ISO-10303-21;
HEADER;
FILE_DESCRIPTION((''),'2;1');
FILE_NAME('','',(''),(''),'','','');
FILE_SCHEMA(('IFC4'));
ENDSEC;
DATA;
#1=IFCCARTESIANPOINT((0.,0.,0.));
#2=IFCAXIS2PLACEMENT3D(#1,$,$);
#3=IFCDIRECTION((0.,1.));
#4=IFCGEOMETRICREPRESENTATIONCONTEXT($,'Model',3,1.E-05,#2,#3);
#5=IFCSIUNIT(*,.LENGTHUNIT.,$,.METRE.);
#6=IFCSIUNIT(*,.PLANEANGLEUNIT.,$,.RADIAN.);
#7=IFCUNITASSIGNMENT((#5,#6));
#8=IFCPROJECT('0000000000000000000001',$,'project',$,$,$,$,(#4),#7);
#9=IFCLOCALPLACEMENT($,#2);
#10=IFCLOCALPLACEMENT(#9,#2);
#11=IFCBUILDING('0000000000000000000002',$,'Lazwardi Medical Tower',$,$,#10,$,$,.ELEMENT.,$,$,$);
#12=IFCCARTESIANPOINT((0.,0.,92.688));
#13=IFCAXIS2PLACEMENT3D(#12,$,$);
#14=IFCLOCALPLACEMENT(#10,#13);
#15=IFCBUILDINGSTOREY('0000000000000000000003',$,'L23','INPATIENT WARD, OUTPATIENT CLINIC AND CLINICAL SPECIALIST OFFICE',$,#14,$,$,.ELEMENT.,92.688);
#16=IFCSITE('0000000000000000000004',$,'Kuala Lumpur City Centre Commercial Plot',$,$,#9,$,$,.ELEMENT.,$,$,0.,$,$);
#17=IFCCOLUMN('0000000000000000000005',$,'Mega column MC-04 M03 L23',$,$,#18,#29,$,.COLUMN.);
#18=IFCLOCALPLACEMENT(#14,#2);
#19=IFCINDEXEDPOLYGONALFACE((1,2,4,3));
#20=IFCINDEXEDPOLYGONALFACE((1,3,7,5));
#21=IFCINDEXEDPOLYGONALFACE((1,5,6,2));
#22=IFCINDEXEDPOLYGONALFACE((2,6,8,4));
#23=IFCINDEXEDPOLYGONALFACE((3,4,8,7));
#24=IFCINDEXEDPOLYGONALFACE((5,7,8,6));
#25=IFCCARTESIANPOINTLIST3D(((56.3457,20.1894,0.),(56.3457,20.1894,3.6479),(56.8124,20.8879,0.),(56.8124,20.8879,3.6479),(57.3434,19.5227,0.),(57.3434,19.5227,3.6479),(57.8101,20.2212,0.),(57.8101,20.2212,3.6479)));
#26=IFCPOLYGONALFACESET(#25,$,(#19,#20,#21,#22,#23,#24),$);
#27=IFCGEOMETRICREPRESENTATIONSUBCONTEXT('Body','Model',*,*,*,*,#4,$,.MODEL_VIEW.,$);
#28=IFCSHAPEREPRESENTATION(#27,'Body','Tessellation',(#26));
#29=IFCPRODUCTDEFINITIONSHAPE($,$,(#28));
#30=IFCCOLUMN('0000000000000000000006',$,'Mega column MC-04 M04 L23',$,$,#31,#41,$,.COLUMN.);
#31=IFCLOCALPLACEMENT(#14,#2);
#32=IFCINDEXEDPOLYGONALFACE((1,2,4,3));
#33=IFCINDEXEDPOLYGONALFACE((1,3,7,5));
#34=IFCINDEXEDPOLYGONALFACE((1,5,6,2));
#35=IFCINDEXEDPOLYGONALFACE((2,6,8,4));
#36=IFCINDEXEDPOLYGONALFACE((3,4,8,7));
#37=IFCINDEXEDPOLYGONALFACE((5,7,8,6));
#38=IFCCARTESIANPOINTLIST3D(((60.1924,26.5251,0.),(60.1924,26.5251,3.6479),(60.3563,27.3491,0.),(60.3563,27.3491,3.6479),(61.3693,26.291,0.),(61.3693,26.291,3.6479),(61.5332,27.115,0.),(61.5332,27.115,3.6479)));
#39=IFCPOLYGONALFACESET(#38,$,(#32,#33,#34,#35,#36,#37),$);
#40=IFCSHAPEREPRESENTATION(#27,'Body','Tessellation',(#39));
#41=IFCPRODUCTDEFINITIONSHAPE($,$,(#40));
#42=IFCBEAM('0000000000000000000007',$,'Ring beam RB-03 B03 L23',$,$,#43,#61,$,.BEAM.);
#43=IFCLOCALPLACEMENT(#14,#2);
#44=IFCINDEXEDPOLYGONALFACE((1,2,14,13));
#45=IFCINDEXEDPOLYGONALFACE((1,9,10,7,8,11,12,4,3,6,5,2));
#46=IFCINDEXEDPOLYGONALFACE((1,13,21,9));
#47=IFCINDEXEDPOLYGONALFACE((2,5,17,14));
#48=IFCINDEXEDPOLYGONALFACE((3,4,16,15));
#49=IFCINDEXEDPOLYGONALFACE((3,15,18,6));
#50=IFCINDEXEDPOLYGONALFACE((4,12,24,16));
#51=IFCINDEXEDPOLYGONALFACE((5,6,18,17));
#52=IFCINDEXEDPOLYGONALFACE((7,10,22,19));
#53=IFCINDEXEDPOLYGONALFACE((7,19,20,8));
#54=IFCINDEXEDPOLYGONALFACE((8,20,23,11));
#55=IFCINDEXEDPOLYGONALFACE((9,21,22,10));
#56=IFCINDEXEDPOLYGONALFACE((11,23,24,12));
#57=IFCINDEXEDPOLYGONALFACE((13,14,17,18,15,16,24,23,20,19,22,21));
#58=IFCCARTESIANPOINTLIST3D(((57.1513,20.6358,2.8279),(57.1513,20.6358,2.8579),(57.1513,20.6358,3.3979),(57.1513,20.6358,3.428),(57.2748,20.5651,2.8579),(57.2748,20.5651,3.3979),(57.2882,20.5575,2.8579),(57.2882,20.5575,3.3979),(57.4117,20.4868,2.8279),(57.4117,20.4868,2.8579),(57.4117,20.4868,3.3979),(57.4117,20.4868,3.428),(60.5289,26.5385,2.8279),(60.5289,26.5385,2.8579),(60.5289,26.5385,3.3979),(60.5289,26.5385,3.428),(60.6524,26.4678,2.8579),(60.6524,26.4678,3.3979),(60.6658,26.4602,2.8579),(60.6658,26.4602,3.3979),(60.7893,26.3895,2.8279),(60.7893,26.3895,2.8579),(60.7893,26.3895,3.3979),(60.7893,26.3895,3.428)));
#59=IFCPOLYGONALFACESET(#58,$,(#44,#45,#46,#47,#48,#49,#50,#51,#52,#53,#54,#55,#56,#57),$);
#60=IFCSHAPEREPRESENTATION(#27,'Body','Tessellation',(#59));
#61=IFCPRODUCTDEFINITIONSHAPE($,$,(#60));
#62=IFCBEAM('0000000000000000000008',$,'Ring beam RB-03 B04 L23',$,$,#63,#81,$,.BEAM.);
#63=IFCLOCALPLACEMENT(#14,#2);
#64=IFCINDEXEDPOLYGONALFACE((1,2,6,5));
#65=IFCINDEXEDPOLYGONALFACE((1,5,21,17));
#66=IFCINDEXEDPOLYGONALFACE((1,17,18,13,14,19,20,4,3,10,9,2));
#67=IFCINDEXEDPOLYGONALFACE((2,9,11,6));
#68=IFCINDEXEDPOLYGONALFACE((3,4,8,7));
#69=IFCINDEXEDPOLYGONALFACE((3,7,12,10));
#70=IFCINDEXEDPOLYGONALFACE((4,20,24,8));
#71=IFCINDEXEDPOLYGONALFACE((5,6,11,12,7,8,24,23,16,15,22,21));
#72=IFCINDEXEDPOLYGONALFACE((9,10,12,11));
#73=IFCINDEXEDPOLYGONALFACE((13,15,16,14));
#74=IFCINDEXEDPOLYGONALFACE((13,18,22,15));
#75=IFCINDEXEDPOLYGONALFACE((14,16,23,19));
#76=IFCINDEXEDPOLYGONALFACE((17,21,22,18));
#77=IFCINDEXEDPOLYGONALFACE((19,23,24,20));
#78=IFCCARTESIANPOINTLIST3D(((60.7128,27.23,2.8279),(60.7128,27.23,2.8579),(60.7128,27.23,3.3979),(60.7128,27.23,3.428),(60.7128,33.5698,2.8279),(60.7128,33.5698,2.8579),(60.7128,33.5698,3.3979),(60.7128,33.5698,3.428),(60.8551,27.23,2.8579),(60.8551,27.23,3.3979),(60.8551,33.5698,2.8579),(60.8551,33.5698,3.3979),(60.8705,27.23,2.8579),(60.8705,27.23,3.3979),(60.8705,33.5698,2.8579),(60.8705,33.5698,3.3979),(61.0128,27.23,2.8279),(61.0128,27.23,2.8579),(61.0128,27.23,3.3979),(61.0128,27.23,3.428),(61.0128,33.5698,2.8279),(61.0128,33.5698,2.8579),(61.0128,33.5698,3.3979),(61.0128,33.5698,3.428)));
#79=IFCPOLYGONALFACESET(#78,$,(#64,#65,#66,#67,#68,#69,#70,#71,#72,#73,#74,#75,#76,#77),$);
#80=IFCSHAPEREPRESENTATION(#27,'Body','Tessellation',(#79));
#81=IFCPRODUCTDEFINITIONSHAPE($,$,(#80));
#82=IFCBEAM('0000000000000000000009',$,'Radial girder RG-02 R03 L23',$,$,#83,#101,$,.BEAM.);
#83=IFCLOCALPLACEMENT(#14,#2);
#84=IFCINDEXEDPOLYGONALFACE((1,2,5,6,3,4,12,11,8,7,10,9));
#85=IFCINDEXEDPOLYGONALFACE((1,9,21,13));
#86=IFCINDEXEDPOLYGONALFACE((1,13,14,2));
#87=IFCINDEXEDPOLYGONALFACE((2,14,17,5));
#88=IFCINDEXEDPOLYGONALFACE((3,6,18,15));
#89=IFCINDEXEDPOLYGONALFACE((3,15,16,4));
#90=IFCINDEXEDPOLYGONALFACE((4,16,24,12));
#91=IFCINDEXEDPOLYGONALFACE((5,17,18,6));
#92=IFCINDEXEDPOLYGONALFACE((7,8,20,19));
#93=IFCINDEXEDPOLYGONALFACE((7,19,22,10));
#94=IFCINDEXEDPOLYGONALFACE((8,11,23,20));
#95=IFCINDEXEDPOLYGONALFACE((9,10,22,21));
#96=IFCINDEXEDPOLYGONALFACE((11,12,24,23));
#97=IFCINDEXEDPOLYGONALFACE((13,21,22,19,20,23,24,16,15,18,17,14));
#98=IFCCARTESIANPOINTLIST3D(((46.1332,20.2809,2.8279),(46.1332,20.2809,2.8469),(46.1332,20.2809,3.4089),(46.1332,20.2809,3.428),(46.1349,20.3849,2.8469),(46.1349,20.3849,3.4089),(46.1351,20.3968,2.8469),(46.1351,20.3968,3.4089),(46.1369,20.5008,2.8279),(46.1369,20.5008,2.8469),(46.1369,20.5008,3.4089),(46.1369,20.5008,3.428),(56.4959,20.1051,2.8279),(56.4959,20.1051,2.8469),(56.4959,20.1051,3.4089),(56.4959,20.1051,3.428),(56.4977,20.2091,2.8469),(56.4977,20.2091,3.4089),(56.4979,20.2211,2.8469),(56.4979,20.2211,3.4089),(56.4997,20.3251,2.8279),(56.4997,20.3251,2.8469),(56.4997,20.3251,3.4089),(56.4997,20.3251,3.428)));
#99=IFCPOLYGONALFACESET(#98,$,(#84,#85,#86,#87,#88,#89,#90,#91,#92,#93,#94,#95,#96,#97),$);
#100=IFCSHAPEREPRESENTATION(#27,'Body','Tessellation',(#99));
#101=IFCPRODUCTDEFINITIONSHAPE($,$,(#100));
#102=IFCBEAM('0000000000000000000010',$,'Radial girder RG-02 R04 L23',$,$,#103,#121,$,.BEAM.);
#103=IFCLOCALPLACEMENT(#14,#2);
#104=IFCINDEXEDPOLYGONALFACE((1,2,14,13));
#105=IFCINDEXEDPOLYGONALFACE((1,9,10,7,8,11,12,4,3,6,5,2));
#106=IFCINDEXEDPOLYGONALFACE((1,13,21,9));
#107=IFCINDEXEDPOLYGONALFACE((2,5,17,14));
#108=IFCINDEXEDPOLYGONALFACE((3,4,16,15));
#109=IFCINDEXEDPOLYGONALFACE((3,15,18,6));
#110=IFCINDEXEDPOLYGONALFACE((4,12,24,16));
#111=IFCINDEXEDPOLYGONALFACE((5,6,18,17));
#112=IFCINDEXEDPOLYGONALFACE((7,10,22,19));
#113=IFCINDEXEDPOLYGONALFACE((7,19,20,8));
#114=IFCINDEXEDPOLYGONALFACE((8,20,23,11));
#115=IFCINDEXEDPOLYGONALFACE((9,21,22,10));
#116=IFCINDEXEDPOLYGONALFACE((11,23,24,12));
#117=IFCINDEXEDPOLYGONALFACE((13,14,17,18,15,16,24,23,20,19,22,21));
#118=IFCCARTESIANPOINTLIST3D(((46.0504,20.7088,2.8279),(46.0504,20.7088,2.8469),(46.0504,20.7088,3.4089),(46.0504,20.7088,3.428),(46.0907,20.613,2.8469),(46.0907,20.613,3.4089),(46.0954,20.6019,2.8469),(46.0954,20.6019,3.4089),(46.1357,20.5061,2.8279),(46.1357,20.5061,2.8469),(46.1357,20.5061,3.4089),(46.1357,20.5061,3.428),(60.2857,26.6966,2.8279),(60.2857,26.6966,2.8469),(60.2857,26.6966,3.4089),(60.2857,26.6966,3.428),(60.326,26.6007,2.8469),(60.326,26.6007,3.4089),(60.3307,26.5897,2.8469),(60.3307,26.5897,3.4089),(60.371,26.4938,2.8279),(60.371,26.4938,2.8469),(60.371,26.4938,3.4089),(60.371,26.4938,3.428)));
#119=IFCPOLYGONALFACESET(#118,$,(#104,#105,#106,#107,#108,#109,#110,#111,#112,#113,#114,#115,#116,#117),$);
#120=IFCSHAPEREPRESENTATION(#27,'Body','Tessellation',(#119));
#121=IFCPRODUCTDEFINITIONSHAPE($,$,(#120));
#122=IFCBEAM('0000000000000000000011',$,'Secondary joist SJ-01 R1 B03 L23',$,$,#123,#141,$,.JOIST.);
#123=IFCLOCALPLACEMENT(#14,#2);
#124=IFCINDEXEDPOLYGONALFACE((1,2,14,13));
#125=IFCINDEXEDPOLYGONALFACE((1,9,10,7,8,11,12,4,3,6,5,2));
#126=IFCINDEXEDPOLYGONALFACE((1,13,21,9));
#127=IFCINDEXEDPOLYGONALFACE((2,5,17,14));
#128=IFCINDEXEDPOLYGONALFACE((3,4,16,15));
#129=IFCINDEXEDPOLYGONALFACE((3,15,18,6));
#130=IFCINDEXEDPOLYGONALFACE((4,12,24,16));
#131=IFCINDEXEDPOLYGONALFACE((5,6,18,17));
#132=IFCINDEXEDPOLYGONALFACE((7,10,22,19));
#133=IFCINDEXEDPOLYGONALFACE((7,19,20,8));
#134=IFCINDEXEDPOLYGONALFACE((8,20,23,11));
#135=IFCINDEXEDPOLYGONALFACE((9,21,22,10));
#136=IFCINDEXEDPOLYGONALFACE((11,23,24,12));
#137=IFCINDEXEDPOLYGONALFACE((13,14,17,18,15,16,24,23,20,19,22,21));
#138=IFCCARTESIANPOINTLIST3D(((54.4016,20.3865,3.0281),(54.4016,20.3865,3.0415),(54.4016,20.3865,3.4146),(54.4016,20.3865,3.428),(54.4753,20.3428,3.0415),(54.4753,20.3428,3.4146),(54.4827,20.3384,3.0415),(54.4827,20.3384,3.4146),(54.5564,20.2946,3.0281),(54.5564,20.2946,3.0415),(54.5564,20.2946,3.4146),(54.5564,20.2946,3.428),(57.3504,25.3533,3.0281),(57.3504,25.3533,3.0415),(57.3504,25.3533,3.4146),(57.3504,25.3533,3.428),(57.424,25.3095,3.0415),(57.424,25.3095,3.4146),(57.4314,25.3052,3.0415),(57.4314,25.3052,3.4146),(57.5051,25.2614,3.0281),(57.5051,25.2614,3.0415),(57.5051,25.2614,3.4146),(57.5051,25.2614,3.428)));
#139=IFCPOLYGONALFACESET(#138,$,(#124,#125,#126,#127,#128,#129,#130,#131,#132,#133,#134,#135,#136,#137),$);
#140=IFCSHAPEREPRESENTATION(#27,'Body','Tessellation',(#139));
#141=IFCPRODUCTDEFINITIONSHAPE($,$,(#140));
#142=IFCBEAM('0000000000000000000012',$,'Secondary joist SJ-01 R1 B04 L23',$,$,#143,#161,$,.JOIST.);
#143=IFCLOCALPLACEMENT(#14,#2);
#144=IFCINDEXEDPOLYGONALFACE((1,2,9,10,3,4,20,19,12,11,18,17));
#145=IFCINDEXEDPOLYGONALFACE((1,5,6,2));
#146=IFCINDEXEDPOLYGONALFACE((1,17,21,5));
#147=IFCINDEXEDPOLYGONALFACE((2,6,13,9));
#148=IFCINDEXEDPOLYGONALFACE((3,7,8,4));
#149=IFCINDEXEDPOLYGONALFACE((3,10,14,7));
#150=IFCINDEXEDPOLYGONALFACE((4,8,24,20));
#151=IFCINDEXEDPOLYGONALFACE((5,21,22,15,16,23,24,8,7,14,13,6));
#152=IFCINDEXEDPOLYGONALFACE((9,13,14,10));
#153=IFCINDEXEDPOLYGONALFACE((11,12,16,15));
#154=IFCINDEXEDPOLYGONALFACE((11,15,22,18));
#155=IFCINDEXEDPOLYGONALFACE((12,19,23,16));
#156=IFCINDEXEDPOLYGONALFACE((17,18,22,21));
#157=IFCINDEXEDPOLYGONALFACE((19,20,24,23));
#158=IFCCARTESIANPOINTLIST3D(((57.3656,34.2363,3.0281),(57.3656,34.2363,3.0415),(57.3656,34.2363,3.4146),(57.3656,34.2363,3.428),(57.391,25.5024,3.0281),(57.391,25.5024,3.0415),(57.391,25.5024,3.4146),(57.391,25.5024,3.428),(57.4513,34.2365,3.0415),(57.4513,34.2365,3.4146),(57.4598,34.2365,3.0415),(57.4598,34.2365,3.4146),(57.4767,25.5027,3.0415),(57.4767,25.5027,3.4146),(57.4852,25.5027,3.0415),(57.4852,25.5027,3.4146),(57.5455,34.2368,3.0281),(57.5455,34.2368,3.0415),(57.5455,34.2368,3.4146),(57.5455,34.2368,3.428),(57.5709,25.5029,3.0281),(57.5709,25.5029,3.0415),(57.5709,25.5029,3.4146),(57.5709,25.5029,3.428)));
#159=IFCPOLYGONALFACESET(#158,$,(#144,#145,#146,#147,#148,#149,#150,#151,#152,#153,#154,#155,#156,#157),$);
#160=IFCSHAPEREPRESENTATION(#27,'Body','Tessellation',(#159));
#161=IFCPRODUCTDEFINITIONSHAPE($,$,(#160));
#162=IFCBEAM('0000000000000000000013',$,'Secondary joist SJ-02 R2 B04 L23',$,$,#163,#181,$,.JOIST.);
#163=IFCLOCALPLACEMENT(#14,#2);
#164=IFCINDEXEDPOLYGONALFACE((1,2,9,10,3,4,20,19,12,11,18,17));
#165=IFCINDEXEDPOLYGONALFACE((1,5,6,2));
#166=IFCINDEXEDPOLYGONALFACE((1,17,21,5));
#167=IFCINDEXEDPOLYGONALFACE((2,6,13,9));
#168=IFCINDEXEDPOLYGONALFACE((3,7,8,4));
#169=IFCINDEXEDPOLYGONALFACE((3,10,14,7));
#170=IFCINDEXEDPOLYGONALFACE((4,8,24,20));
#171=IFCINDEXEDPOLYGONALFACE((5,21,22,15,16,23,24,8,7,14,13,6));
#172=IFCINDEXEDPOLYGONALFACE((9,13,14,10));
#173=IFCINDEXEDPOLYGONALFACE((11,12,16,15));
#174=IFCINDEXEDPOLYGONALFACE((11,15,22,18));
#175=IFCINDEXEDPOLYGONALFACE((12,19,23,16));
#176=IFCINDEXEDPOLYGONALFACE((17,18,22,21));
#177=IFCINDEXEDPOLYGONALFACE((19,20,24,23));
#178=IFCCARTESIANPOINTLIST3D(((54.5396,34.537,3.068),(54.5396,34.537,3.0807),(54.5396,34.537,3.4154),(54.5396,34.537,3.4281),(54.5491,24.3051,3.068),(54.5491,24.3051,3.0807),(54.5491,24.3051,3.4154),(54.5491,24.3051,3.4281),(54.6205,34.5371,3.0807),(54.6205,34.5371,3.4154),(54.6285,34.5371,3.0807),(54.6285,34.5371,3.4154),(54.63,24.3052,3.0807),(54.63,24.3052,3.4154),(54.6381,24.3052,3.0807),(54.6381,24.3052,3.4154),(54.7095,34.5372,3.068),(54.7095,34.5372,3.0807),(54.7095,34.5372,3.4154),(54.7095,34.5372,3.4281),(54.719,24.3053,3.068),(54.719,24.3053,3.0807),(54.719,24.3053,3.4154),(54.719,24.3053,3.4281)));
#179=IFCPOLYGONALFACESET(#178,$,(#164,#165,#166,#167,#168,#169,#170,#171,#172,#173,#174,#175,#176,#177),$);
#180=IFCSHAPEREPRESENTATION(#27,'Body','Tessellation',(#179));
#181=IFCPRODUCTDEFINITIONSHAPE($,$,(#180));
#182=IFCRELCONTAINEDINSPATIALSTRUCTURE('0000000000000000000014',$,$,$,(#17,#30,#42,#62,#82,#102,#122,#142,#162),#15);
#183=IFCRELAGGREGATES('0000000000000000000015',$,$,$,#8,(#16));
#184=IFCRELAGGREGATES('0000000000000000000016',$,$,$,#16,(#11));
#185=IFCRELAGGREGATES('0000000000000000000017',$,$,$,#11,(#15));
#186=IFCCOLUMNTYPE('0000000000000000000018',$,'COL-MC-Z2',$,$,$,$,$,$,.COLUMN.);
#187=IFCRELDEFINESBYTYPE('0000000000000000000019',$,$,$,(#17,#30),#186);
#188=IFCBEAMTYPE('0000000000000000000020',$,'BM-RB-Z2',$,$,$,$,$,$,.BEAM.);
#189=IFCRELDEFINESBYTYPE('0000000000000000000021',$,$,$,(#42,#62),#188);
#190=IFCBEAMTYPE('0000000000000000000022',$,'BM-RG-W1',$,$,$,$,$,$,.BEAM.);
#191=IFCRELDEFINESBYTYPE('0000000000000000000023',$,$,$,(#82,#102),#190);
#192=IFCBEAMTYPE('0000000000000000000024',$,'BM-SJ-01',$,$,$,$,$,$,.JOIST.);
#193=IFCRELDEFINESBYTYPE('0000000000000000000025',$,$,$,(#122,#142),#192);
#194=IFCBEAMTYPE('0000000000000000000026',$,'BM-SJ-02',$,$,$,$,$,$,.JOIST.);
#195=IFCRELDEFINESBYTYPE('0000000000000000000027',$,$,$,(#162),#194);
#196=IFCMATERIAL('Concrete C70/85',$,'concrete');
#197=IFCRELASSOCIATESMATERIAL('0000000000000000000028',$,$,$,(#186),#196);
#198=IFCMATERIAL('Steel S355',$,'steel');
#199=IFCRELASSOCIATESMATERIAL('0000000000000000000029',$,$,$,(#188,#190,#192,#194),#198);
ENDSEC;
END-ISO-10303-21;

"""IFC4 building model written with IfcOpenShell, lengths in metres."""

from ifc_helpers import new_model, si_unit, direction, frame, origin, origin_2d, place, context, subcontext, project, spatial, rectangle, i_section, extrude, material, material_profile, profile_set, type_object, element, save


model = new_model("IFC4")

# Units and contexts
model_context = context("Model", 3, precision=1e-05, world=origin(), true_north=direction((0.0, 1.0)))
body_context = subcontext(model_context, "Body", "Model", "MODEL_VIEW")
ifc_project = project(units=[si_unit("LENGTHUNIT", "METRE"), si_unit("PLANEANGLEUNIT", "RADIAN")], contexts=[model_context])

# Site, building, storey
site_placement = place(None, origin())
site = spatial("IfcSite", under=ifc_project, at=site_placement, Name="Kuala Lumpur City Centre Commercial Plot", CompositionType="ELEMENT", RefElevation=0.0)
building_placement = place(site_placement, origin())
building = spatial("IfcBuilding", under=site, at=building_placement, Name="Lazwardi Medical Tower", CompositionType="ELEMENT")
storey_placement = place(building_placement, frame((0.0, 0.0, 92.688)))
storey = spatial("IfcBuildingStorey", under=building, at=storey_placement, Name="L23", Description="INPATIENT WARD, OUTPATIENT CLINIC AND CLINICAL SPECIALIST OFFICE", CompositionType="ELEMENT", Elevation=92.688)

# Columns
ifc_material_1 = material(Name="Concrete C70/85", Category="concrete")
ifc_material_profile_1 = material_profile(ifc_material_1, rectangle(XDim=1.2, YDim=0.8401, at=origin_2d()), Name="CFT-RECT 1200x840")
ifc_profile_set_1 = profile_set([ifc_material_profile_1], Name="Concrete C70/85")
column_type = type_object("IfcColumnType", Name="COL-MC-Z2", PredefinedType="COLUMN", material=ifc_profile_set_1)
for number, where, z_axis, x_axis, name in (
    (1, (57.0779, 20.2053, 0.0), (0.0, 0.0, 1.0), (0.83147, -0.55557, 0.0), "Mega column MC-04 M03 L23"),
    (2, (60.8628, 26.8201, 0.0), (0.0, 0.0, 1.0), (0.980785, -0.19509, 0.0), "Mega column MC-04 M04 L23"),
):
    element("IfcColumn", number, at=place(storey_placement, frame(where, z_axis=z_axis, x_axis=x_axis)), inside=storey, type_object=column_type, Name=name, PredefinedType="COLUMN", context=body_context, shape_type="SweptSolid", body=[
        extrude(rectangle(XDim=1.2, YDim=0.8401, at=origin_2d()), origin(), (0.0, 0.0, 1.0), 3.6479),
    ])

# Beams
ifc_material_2 = material(Name="Steel S355", Category="steel")
ifc_material_profile_2 = material_profile(ifc_material_2, i_section(OverallWidth=0.3, OverallDepth=0.6001, WebThickness=0.0154, FlangeThickness=0.03, at=origin_2d()), Name="HEB 600")
ifc_profile_set_2 = profile_set([ifc_material_profile_2], Name="Steel S355")
beam_type_1 = type_object("IfcBeamType", Name="BM-RB-Z2", PredefinedType="BEAM", material=ifc_profile_set_2)
beam_1_placement = place(storey_placement, frame((57.2815, 20.5613, 3.1279), z_axis=(0.496653, 0.867949, 0.0), x_axis=(-0.867949, 0.496653, 0.0)))
element("IfcBeam", 3, at=beam_1_placement, inside=storey, type_object=beam_type_1, Name="Ring beam RB-03 B03 L23", PredefinedType="BEAM", context=body_context, shape_type="SweptSolid", body=[
    extrude(i_section(OverallWidth=0.3, OverallDepth=0.6001, WebThickness=0.0154, FlangeThickness=0.03, at=origin_2d()), origin(), (0.0, 0.0, 1.0), 6.8008),
])
beam_2_placement = place(storey_placement, frame((60.8628, 27.23, 3.1279), z_axis=(0.0, 1.0, 0.0), x_axis=(-1.0, 0.0, 0.0)))
element("IfcBeam", 4, at=beam_2_placement, inside=storey, type_object=beam_type_1, Name="Ring beam RB-03 B04 L23", PredefinedType="BEAM", context=body_context, shape_type="SweptSolid", body=[
    extrude(i_section(OverallWidth=0.3, OverallDepth=0.6001, WebThickness=0.0154, FlangeThickness=0.03, at=origin_2d()), origin(), (0.0, 0.0, 1.0), 6.3398),
])
ifc_material_profile_3 = material_profile(ifc_material_2, i_section(OverallWidth=0.22, OverallDepth=0.6001, WebThickness=0.012, FlangeThickness=0.019, at=origin_2d()), Name="IPE 600")
ifc_profile_set_3 = profile_set([ifc_material_profile_3], Name="Steel S355")
beam_type_2 = type_object("IfcBeamType", Name="BM-RG-W1", PredefinedType="BEAM", material=ifc_profile_set_3)
beam_3_placement = place(storey_placement, frame((56.4978, 20.2151, 3.1279), z_axis=(-0.999856, 0.01696, 0.0), x_axis=(-0.01696, -0.999856, 0.0)))
element("IfcBeam", 5, at=beam_3_placement, inside=storey, type_object=beam_type_2, Name="Radial girder RG-02 R03 L23", PredefinedType="BEAM", context=body_context, shape_type="SweptSolid", body=[
    extrude(i_section(OverallWidth=0.22, OverallDepth=0.6001, WebThickness=0.012, FlangeThickness=0.019, at=origin_2d()), origin(), (0.0, 0.0, 1.0), 10.3643),
])
beam_4_placement = place(storey_placement, frame((60.3284, 26.5952, 3.1279), z_axis=(-0.921775, -0.387725, 0.0), x_axis=(0.387725, -0.921775, 0.0)))
element("IfcBeam", 6, at=beam_4_placement, inside=storey, type_object=beam_type_2, Name="Radial girder RG-02 R04 L23", PredefinedType="BEAM", context=body_context, shape_type="SweptSolid", body=[
    extrude(i_section(OverallWidth=0.22, OverallDepth=0.6001, WebThickness=0.012, FlangeThickness=0.019, at=origin_2d()), origin(), (0.0, 0.0, 1.0), 15.4434),
])
ifc_material_profile_4 = material_profile(ifc_material_2, i_section(OverallWidth=0.1799, OverallDepth=0.3999, WebThickness=0.0085, FlangeThickness=0.0134, at=origin_2d()), Name="IPE 400")
ifc_profile_set_4 = profile_set([ifc_material_profile_4], Name="Steel S355")
beam_type_3 = type_object("IfcBeamType", Name="BM-SJ-01", PredefinedType="JOIST", material=ifc_profile_set_4)
beam_5_placement = place(storey_placement, frame((54.479, 20.3406, 3.228), z_axis=(0.5105, 0.859878, 0.0), x_axis=(-0.859878, 0.5105, 0.0)))
element("IfcBeam", 7, at=beam_5_placement, inside=storey, type_object=beam_type_3, Name="Secondary joist SJ-01 R1 B03 L23", PredefinedType="JOIST", context=body_context, shape_type="SweptSolid", body=[
    extrude(i_section(OverallWidth=0.1799, OverallDepth=0.3999, WebThickness=0.0085, FlangeThickness=0.0134, at=origin_2d()), origin(), (0.0, 0.0, 1.0), 5.7761),
])
beam_6_placement = place(storey_placement, frame((57.481, 25.5027, 3.228), z_axis=(-0.002907, 0.999996, 0.0), x_axis=(-0.999996, -0.002907, 0.0)))
element("IfcBeam", 8, at=beam_6_placement, inside=storey, type_object=beam_type_3, Name="Secondary joist SJ-01 R1 B04 L23", PredefinedType="JOIST", context=body_context, shape_type="SweptSolid", body=[
    extrude(i_section(OverallWidth=0.1799, OverallDepth=0.3999, WebThickness=0.0085, FlangeThickness=0.0134, at=origin_2d()), origin(), (0.0, 0.0, 1.0), 8.7339),
])
ifc_material_profile_5 = material_profile(ifc_material_2, i_section(OverallWidth=0.1699, OverallDepth=0.3601, WebThickness=0.0081, FlangeThickness=0.0127, at=origin_2d()), Name="IPE 360")
ifc_profile_set_5 = profile_set([ifc_material_profile_5], Name="Steel S355")
beam_type_4 = type_object("IfcBeamType", Name="BM-SJ-02", PredefinedType="JOIST", material=ifc_profile_set_5)
beam_7_placement = place(storey_placement, frame((54.634, 24.3052, 3.248), z_axis=(-0.000931, 1.0, 0.0), x_axis=(-1.0, -0.000931, 0.0)))
element("IfcBeam", 9, at=beam_7_placement, inside=storey, type_object=beam_type_4, Name="Secondary joist SJ-02 R2 B04 L23", PredefinedType="JOIST", context=body_context, shape_type="SweptSolid", body=[
    extrude(i_section(OverallWidth=0.1699, OverallDepth=0.3601, WebThickness=0.0081, FlangeThickness=0.0127, at=origin_2d()), origin(), (0.0, 0.0, 1.0), 10.2319),
])

save(model, "model.ifc")
